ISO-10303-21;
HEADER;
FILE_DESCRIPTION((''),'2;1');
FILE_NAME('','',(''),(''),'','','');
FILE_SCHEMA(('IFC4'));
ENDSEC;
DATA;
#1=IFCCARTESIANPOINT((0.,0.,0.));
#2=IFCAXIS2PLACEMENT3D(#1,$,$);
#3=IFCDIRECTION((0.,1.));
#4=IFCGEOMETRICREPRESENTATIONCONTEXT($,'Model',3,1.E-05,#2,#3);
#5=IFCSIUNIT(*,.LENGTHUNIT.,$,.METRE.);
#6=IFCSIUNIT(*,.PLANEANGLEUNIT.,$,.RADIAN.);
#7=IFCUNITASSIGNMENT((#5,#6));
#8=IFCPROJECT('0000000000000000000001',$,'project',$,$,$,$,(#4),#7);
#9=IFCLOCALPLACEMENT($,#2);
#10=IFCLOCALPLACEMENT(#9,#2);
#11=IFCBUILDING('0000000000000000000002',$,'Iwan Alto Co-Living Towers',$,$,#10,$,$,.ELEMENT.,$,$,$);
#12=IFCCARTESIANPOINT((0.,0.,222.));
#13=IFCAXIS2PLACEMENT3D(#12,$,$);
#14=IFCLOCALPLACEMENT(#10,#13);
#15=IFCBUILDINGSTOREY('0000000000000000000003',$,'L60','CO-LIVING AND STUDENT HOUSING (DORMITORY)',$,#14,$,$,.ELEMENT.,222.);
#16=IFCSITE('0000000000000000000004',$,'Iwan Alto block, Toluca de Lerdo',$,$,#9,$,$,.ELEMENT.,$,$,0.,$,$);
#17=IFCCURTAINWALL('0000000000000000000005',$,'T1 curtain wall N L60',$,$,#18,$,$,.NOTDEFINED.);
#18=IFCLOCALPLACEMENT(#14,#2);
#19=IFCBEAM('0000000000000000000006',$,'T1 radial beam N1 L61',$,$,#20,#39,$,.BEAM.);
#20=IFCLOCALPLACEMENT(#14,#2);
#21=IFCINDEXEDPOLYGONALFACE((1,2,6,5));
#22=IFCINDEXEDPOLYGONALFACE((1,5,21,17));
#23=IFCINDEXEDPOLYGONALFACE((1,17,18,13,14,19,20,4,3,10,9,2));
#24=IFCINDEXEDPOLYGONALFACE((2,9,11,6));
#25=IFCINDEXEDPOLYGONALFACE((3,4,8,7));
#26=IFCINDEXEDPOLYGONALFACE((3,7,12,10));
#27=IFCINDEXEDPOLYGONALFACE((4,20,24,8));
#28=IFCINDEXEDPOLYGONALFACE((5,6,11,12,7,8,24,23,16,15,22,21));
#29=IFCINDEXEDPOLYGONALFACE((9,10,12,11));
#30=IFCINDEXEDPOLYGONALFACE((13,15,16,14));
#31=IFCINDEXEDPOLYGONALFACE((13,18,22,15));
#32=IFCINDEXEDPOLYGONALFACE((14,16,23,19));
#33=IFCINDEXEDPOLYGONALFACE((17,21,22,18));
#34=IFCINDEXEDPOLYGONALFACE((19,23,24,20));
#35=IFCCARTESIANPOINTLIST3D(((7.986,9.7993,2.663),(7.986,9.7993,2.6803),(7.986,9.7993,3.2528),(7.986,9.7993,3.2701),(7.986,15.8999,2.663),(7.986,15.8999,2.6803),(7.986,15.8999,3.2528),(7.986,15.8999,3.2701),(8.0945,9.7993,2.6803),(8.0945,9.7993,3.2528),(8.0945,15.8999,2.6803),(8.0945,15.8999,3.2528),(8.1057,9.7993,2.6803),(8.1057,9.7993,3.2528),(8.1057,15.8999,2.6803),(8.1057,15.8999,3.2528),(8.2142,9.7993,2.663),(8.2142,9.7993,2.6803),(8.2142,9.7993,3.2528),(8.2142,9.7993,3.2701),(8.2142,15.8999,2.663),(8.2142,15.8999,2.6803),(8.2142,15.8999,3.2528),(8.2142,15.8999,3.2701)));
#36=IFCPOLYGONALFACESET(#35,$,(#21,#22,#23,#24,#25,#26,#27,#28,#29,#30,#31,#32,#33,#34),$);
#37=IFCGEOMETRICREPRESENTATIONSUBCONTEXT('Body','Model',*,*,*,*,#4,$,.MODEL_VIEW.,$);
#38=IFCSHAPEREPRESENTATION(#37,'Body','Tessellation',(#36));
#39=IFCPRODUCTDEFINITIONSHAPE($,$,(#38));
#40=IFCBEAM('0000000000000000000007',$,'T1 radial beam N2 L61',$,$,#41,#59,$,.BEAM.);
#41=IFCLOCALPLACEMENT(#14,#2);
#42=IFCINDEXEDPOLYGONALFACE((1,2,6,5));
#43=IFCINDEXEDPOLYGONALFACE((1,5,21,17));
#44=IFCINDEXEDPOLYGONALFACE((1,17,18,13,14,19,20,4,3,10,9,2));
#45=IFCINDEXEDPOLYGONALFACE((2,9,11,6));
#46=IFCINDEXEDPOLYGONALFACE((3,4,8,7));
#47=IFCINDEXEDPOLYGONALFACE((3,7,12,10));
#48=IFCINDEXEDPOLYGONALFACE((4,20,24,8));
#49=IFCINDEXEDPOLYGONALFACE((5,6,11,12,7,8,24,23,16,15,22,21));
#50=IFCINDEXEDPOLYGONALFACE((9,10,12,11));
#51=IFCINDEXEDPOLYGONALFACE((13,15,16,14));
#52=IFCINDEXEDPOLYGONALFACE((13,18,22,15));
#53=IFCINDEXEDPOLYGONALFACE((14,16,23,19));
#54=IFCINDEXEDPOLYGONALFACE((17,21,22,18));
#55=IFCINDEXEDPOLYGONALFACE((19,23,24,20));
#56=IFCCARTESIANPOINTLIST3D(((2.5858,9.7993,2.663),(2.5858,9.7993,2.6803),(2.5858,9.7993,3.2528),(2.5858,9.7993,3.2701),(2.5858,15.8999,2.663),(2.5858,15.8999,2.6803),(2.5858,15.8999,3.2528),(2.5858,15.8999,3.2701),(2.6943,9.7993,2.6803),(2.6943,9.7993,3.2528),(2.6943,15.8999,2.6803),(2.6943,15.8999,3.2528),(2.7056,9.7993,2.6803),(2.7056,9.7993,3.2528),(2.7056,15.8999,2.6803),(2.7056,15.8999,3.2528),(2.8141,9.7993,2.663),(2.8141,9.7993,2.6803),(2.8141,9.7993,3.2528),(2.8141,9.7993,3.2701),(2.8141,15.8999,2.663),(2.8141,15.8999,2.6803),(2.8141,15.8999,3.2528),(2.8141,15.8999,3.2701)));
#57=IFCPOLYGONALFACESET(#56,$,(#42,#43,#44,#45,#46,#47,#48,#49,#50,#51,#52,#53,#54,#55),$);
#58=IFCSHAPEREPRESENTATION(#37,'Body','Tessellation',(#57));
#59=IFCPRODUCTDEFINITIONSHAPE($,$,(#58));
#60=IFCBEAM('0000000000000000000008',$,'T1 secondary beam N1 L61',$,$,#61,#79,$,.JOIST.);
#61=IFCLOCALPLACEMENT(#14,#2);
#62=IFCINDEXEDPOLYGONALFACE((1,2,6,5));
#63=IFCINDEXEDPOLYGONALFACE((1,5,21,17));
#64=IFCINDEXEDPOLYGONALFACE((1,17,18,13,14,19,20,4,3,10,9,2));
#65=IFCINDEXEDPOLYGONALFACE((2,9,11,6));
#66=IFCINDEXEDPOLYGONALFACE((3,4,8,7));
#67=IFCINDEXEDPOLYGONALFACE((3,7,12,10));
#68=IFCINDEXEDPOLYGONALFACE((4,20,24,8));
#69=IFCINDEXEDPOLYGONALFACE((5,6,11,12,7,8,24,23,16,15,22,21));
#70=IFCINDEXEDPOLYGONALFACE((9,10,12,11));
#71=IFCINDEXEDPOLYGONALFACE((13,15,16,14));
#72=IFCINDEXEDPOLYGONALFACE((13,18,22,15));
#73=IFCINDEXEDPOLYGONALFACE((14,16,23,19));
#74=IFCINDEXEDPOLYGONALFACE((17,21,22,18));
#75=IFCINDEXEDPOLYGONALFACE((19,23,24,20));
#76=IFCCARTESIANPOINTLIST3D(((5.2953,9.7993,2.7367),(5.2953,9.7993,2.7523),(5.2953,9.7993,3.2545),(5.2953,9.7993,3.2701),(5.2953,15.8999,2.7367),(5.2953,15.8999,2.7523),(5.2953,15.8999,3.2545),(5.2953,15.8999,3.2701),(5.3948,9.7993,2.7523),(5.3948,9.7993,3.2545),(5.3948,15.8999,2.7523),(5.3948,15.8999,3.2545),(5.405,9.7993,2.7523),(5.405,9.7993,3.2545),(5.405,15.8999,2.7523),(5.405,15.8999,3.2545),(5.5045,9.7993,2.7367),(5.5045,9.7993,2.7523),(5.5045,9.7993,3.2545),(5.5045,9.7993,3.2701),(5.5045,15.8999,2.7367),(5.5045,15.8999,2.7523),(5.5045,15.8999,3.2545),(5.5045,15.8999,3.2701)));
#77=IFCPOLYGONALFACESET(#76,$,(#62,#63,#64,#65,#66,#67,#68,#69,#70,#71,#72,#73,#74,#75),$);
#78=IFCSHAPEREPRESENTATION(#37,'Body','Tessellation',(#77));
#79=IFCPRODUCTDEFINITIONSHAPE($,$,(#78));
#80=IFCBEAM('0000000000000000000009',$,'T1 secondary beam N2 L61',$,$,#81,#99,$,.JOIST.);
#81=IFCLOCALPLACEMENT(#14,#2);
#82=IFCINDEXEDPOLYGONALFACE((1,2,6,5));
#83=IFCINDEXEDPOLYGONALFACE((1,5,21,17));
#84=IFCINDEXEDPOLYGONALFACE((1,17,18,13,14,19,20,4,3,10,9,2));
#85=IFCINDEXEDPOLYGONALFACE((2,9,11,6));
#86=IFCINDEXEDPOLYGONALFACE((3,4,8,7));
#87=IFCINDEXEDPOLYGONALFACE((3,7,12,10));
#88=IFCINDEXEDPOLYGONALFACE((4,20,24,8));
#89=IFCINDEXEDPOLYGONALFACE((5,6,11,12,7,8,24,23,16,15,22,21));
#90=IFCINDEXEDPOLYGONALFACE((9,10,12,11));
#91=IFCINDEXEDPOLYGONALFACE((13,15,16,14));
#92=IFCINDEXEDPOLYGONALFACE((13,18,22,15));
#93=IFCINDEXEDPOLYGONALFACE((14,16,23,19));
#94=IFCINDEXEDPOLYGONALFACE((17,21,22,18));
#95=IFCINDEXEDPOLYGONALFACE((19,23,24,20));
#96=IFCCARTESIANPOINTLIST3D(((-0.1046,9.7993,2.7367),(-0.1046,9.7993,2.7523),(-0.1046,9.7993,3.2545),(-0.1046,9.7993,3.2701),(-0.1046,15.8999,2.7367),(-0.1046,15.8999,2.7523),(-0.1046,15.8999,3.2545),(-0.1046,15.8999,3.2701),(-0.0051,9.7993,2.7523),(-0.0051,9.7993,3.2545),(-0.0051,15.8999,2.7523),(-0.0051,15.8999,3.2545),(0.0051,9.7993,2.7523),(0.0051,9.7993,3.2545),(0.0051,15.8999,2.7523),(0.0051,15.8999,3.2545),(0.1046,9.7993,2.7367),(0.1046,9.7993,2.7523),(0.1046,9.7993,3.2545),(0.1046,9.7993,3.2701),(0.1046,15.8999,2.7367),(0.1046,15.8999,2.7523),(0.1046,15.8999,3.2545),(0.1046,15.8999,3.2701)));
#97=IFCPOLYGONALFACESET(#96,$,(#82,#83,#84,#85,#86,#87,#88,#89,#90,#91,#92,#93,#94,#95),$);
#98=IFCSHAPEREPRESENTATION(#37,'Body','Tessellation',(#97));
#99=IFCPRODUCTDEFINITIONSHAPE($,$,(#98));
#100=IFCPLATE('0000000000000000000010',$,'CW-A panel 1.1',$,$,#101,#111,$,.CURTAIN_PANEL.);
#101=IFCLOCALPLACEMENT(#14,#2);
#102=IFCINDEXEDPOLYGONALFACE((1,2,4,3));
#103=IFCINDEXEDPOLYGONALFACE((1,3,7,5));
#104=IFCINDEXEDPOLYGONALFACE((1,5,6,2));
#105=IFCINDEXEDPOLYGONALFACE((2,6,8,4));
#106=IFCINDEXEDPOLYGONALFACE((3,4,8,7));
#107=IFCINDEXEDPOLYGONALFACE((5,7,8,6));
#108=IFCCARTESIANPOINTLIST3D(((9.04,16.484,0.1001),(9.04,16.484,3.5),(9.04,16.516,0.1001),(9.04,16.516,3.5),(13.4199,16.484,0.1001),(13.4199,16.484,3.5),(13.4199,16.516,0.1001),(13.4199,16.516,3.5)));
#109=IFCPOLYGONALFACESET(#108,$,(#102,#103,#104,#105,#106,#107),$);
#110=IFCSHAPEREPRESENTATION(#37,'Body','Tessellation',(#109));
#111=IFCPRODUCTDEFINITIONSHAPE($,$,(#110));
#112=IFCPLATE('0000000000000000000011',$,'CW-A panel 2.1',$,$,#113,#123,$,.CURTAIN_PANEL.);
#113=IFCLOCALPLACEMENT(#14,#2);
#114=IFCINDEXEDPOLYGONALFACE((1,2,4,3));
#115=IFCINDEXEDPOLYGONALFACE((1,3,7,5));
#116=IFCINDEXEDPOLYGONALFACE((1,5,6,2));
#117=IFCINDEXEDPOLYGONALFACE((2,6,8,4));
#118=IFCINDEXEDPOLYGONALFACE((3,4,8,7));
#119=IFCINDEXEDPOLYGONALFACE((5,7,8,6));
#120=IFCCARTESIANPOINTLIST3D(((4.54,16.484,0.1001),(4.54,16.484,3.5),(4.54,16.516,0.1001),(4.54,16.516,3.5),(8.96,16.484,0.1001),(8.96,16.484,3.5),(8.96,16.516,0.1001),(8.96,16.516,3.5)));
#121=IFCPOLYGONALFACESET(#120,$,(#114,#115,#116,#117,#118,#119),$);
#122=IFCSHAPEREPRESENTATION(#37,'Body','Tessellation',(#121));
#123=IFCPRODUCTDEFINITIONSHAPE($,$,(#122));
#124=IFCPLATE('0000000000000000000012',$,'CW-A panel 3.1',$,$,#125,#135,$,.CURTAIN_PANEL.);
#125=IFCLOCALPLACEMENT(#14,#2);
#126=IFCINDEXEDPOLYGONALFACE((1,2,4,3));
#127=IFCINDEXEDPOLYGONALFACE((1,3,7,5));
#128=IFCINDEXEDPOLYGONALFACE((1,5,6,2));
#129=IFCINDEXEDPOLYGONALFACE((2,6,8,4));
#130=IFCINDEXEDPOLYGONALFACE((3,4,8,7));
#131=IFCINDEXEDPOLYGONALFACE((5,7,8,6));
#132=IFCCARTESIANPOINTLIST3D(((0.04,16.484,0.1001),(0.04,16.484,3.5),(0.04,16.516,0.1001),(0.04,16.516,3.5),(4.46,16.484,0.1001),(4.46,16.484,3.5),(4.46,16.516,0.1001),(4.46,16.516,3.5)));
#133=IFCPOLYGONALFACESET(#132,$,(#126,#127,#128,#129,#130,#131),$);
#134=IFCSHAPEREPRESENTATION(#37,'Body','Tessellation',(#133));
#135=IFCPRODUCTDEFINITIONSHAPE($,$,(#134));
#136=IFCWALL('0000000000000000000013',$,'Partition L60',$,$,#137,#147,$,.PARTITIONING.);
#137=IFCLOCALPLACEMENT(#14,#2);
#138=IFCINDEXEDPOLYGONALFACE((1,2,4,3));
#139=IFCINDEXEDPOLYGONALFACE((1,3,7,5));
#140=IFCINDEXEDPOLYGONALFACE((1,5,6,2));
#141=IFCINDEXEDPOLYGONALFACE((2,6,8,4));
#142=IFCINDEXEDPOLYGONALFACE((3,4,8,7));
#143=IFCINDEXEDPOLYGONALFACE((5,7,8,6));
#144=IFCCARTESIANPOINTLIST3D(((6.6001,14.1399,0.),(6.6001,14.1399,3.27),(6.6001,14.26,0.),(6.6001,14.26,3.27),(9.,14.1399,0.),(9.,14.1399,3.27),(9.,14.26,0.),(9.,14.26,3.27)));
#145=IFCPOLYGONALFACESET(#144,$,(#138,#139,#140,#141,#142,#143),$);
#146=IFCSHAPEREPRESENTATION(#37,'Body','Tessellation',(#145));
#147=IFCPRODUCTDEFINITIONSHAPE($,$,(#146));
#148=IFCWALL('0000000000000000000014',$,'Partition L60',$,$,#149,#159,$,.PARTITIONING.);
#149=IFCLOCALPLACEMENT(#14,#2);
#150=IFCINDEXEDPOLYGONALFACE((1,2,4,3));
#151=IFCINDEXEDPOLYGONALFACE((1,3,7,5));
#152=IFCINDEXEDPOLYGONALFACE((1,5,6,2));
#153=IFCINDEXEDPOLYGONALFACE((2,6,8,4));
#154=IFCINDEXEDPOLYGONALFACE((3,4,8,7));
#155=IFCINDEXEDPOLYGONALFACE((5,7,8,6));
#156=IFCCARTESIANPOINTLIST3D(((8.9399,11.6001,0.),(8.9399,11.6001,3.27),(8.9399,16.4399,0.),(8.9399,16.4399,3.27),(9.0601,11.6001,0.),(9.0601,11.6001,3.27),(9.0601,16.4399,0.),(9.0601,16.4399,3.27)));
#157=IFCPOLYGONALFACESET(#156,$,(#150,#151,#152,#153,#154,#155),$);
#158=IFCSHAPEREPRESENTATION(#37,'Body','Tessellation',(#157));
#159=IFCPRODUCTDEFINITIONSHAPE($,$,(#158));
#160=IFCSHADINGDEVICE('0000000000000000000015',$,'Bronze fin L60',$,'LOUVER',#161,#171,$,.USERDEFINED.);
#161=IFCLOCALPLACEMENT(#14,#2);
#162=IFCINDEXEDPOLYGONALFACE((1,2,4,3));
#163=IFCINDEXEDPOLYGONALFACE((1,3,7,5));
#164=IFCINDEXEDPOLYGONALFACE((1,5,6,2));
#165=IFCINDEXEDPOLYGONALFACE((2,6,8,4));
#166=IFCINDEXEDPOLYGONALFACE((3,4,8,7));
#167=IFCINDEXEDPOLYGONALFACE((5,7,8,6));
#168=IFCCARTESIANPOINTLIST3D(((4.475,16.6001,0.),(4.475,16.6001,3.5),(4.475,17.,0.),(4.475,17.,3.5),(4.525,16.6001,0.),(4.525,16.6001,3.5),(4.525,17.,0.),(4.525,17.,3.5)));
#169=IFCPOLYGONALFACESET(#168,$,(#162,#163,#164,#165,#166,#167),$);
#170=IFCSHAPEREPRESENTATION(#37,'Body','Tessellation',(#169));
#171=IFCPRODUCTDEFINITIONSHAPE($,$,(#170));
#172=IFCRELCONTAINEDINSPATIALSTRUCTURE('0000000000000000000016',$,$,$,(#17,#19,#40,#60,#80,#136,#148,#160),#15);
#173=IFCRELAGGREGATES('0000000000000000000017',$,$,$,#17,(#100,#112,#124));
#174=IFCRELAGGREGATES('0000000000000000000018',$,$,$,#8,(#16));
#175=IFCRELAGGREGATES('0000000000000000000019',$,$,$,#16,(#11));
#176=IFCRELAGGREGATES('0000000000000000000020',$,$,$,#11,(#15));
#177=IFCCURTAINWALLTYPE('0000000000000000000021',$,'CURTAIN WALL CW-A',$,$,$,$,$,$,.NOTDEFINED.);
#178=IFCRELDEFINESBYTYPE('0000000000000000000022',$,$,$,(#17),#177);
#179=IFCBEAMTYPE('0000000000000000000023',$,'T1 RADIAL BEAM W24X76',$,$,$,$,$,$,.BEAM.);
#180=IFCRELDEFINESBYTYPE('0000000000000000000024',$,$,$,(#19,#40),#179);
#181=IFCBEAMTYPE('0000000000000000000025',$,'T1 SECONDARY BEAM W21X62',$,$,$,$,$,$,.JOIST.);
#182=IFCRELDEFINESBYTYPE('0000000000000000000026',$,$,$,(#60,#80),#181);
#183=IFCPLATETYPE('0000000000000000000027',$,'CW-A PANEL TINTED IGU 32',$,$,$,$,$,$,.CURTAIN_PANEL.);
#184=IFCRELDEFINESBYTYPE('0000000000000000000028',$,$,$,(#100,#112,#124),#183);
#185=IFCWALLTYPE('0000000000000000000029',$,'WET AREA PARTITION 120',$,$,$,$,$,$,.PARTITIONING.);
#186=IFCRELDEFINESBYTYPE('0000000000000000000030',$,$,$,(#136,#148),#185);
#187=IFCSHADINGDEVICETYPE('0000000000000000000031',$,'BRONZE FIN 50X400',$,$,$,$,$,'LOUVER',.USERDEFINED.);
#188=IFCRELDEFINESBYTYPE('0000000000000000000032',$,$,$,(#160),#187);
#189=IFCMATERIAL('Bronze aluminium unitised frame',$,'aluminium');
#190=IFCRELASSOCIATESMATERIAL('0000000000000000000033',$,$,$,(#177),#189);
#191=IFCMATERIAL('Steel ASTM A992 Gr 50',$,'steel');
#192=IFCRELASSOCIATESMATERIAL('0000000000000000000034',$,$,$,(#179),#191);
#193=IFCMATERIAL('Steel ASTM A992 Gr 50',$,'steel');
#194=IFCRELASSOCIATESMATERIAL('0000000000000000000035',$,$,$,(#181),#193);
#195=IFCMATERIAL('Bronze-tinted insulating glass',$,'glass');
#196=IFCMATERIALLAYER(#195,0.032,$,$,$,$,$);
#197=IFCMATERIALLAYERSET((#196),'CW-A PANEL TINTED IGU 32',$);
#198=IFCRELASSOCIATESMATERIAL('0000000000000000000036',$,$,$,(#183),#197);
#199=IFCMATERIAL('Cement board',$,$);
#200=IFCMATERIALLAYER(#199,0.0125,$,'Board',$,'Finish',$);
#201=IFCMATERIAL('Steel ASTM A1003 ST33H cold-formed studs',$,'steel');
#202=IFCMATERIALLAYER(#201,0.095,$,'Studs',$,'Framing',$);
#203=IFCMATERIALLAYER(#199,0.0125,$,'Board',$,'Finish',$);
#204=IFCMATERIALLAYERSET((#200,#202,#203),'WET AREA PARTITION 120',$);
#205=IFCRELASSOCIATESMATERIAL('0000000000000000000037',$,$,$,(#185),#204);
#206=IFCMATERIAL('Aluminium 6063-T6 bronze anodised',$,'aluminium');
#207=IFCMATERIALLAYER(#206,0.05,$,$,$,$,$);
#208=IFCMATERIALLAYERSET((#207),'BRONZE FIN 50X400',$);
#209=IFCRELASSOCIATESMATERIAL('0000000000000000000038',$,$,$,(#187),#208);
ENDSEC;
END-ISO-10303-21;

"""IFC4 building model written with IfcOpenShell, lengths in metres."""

from ifc_helpers import new_model, si_unit, direction, frame, frame_2d, origin, origin_2d, place, context, subcontext, project, spatial, rectangle, i_section, extrude, material, layer, layer_set, material_profile, profile_set, type_object, element, aggregate, save


model = new_model("IFC4")

# Units and contexts
model_context = context("Model", 3, precision=1e-05, world=origin(), true_north=direction((0.0, 1.0)))
body_context = subcontext(model_context, "Body", "Model", "MODEL_VIEW")
ifc_project = project(units=[si_unit("LENGTHUNIT", "METRE"), si_unit("PLANEANGLEUNIT", "RADIAN")], contexts=[model_context])

# Site, building, storey
site_placement = place(None, origin())
site = spatial("IfcSite", under=ifc_project, at=site_placement, Name="Iwan Alto block, Toluca de Lerdo", CompositionType="ELEMENT", RefElevation=0.0)
building_placement = place(site_placement, origin())
building = spatial("IfcBuilding", under=site, at=building_placement, Name="Iwan Alto Co-Living Towers", CompositionType="ELEMENT")
storey_placement = place(building_placement, frame((0.0, 0.0, 222.0)))
storey = spatial("IfcBuildingStorey", under=building, at=storey_placement, Name="L60", Description="CO-LIVING AND STUDENT HOUSING (DORMITORY)", CompositionType="ELEMENT", Elevation=222.0)

# Curtain wall
ifc_material_1 = material(Name="Bronze aluminium unitised frame", Category="aluminium")
curtain_wall_type = type_object("IfcCurtainWallType", Name="CURTAIN WALL CW-A", PredefinedType="NOTDEFINED", material=ifc_material_1)
curtain_wall_placement = place(storey_placement, origin())
curtain_wall = element("IfcCurtainWall", 1, at=curtain_wall_placement, inside=storey, type_object=curtain_wall_type, Name="T1 curtain wall N L60", PredefinedType="NOTDEFINED")

# Beams
ifc_material_2 = material(Name="Steel ASTM A992 Gr 50", Category="steel")
ifc_material_profile_1 = material_profile(ifc_material_2, i_section(OverallWidth=0.2283, OverallDepth=0.6072, WebThickness=0.0112, FlangeThickness=0.0173, at=origin_2d()), Name="W24X76")
ifc_profile_set_1 = profile_set([ifc_material_profile_1], Name="Steel ASTM A992 Gr 50")
beam_type_1 = type_object("IfcBeamType", Name="T1 RADIAL BEAM W24X76", PredefinedType="BEAM", material=ifc_profile_set_1)
for number, where, z_axis, x_axis, name in (
    (2, (8.1001, 15.8999, 2.9666), (0.0, -1.0, 0.0), (1.0, 0.0, 0.0), "T1 radial beam N1 L61"),
    (3, (2.7, 15.8999, 2.9666), (0.0, -1.0, 0.0), (1.0, 0.0, 0.0), "T1 radial beam N2 L61"),
):
    element("IfcBeam", number, at=place(storey_placement, frame(where, z_axis=z_axis, x_axis=x_axis)), inside=storey, type_object=beam_type_1, Name=name, PredefinedType="BEAM", context=body_context, shape_type="SweptSolid", body=[
        extrude(i_section(OverallWidth=0.2283, OverallDepth=0.6072, WebThickness=0.0112, FlangeThickness=0.0173, at=origin_2d()), origin(), (0.0, 0.0, 1.0), 6.1006),
    ])
ifc_material_3 = material(Name="Steel ASTM A992 Gr 50", Category="steel")
ifc_material_profile_2 = material_profile(ifc_material_3, i_section(OverallWidth=0.2092, OverallDepth=0.5334, WebThickness=0.0103, FlangeThickness=0.0156, at=origin_2d()), Name="W21X62")
ifc_profile_set_2 = profile_set([ifc_material_profile_2], Name="Steel ASTM A992 Gr 50")
beam_type_2 = type_object("IfcBeamType", Name="T1 SECONDARY BEAM W21X62", PredefinedType="JOIST", material=ifc_profile_set_2)
for number, where, z_axis, x_axis, name in (
    (4, (5.3999, 15.8999, 3.0034), (0.0, -1.0, 0.0), (1.0, 0.0, 0.0), "T1 secondary beam N1 L61"),
    (5, (0.0, 15.8999, 3.0034), (0.0, -1.0, 0.0), (1.0, 0.0, 0.0), "T1 secondary beam N2 L61"),
):
    element("IfcBeam", number, at=place(storey_placement, frame(where, z_axis=z_axis, x_axis=x_axis)), inside=storey, type_object=beam_type_2, Name=name, PredefinedType="JOIST", context=body_context, shape_type="SweptSolid", body=[
        extrude(i_section(OverallWidth=0.2092, OverallDepth=0.5334, WebThickness=0.0103, FlangeThickness=0.0156, at=origin_2d()), origin(), (0.0, 0.0, 1.0), 6.1006),
    ])

# Plates
ifc_material_4 = material(Name="Bronze-tinted insulating glass", Category="glass")
ifc_layer_1 = layer(ifc_material_4, 0.032)
ifc_layer_set_1 = layer_set([ifc_layer_1], Name="CW-A PANEL TINTED IGU 32")
plate_type = type_object("IfcPlateType", Name="CW-A PANEL TINTED IGU 32", PredefinedType="CURTAIN_PANEL", material=ifc_layer_set_1)
plate_1_placement = place(storey_placement, frame((11.23, 16.5, 0.1001), z_axis=(0.0, 0.0, 1.0), x_axis=(-1.0, 0.0, 0.0)))
plate_1 = element("IfcPlate", 6, at=plate_1_placement, type_object=plate_type, Name="CW-A panel 1.1", PredefinedType="CURTAIN_PANEL", context=body_context, shape_type="SweptSolid", body=[
    extrude(rectangle(XDim=4.3799, YDim=0.032, at=origin_2d()), origin(), (0.0, 0.0, 1.0), 3.3999),
])
plate_2_placement = place(storey_placement, frame((6.75, 16.5, 0.1001), z_axis=(0.0, 0.0, 1.0), x_axis=(-1.0, 0.0, 0.0)))
plate_2 = element("IfcPlate", 7, at=plate_2_placement, type_object=plate_type, Name="CW-A panel 2.1", PredefinedType="CURTAIN_PANEL", context=body_context, shape_type="SweptSolid", body=[
    extrude(rectangle(XDim=4.4199, YDim=0.032, at=origin_2d()), origin(), (0.0, 0.0, 1.0), 3.3999),
])
plate_3_placement = place(storey_placement, frame((2.25, 16.5, 0.1001), z_axis=(0.0, 0.0, 1.0), x_axis=(-1.0, 0.0, 0.0)))
plate_3 = element("IfcPlate", 8, at=plate_3_placement, type_object=plate_type, Name="CW-A panel 3.1", PredefinedType="CURTAIN_PANEL", context=body_context, shape_type="SweptSolid", body=[
    extrude(rectangle(XDim=4.4199, YDim=0.032, at=origin_2d()), origin(), (0.0, 0.0, 1.0), 3.3999),
])
aggregate(curtain_wall, [plate_1, plate_2, plate_3])

# Walls
ifc_material_5 = material(Name="Cement board")
ifc_layer_2 = layer(ifc_material_5, 0.0125, Name="Board", Category="Finish")
ifc_material_6 = material(Name="Steel ASTM A1003 ST33H cold-formed studs", Category="steel")
ifc_layer_3 = layer(ifc_material_6, 0.095, Name="Studs", Category="Framing")
ifc_layer_4 = layer(ifc_material_5, 0.0125, Name="Board", Category="Finish")
ifc_layer_set_2 = layer_set([ifc_layer_2, ifc_layer_3, ifc_layer_4], Name="WET AREA PARTITION 120")
wall_type = type_object("IfcWallType", Name="WET AREA PARTITION 120", PredefinedType="PARTITIONING", material=ifc_layer_set_2)
wall_1_placement = place(storey_placement, frame((6.6001, 14.2, 0.0), z_axis=(0.0, 0.0, 1.0), x_axis=(1.0, 0.0, 0.0)))
element("IfcWall", 9, at=wall_1_placement, inside=storey, type_object=wall_type, Name="Partition L60", PredefinedType="PARTITIONING", context=body_context, shape_type="SweptSolid", body=[
    extrude(rectangle(XDim=2.3999, YDim=0.1201, at=frame_2d((1.2, 0.0))), origin(), (0.0, 0.0, 1.0), 3.27),
])
wall_2_placement = place(storey_placement, frame((9.0, 11.6001, 0.0), z_axis=(0.0, 0.0, 1.0), x_axis=(0.0, 1.0, 0.0)))
element("IfcWall", 10, at=wall_2_placement, inside=storey, type_object=wall_type, Name="Partition L60", PredefinedType="PARTITIONING", context=body_context, shape_type="SweptSolid", body=[
    extrude(rectangle(XDim=4.8398, YDim=0.1201, at=frame_2d((2.4199, 0.0))), origin(), (0.0, 0.0, 1.0), 3.27),
])

# Shading device
ifc_material_7 = material(Name="Aluminium 6063-T6 bronze anodised", Category="aluminium")
ifc_layer_5 = layer(ifc_material_7, 0.05)
ifc_layer_set_3 = layer_set([ifc_layer_5], Name="BRONZE FIN 50X400")
shading_device_type = type_object("IfcShadingDeviceType", Name="BRONZE FIN 50X400", ElementType="LOUVER", PredefinedType="USERDEFINED", material=ifc_layer_set_3)
shading_device_placement = place(storey_placement, frame((4.5, 16.8, 0.0), z_axis=(0.0, 0.0, 1.0), x_axis=(-1.0, 0.0, 0.0)))
element("IfcShadingDevice", 11, at=shading_device_placement, inside=storey, type_object=shading_device_type, Name="Bronze fin L60", ObjectType="LOUVER", PredefinedType="USERDEFINED", context=body_context, shape_type="SweptSolid", body=[
    extrude(rectangle(XDim=0.05, YDim=0.3999, at=origin_2d()), origin(), (0.0, 0.0, 1.0), 3.5),
])

save(model, "model.ifc")
